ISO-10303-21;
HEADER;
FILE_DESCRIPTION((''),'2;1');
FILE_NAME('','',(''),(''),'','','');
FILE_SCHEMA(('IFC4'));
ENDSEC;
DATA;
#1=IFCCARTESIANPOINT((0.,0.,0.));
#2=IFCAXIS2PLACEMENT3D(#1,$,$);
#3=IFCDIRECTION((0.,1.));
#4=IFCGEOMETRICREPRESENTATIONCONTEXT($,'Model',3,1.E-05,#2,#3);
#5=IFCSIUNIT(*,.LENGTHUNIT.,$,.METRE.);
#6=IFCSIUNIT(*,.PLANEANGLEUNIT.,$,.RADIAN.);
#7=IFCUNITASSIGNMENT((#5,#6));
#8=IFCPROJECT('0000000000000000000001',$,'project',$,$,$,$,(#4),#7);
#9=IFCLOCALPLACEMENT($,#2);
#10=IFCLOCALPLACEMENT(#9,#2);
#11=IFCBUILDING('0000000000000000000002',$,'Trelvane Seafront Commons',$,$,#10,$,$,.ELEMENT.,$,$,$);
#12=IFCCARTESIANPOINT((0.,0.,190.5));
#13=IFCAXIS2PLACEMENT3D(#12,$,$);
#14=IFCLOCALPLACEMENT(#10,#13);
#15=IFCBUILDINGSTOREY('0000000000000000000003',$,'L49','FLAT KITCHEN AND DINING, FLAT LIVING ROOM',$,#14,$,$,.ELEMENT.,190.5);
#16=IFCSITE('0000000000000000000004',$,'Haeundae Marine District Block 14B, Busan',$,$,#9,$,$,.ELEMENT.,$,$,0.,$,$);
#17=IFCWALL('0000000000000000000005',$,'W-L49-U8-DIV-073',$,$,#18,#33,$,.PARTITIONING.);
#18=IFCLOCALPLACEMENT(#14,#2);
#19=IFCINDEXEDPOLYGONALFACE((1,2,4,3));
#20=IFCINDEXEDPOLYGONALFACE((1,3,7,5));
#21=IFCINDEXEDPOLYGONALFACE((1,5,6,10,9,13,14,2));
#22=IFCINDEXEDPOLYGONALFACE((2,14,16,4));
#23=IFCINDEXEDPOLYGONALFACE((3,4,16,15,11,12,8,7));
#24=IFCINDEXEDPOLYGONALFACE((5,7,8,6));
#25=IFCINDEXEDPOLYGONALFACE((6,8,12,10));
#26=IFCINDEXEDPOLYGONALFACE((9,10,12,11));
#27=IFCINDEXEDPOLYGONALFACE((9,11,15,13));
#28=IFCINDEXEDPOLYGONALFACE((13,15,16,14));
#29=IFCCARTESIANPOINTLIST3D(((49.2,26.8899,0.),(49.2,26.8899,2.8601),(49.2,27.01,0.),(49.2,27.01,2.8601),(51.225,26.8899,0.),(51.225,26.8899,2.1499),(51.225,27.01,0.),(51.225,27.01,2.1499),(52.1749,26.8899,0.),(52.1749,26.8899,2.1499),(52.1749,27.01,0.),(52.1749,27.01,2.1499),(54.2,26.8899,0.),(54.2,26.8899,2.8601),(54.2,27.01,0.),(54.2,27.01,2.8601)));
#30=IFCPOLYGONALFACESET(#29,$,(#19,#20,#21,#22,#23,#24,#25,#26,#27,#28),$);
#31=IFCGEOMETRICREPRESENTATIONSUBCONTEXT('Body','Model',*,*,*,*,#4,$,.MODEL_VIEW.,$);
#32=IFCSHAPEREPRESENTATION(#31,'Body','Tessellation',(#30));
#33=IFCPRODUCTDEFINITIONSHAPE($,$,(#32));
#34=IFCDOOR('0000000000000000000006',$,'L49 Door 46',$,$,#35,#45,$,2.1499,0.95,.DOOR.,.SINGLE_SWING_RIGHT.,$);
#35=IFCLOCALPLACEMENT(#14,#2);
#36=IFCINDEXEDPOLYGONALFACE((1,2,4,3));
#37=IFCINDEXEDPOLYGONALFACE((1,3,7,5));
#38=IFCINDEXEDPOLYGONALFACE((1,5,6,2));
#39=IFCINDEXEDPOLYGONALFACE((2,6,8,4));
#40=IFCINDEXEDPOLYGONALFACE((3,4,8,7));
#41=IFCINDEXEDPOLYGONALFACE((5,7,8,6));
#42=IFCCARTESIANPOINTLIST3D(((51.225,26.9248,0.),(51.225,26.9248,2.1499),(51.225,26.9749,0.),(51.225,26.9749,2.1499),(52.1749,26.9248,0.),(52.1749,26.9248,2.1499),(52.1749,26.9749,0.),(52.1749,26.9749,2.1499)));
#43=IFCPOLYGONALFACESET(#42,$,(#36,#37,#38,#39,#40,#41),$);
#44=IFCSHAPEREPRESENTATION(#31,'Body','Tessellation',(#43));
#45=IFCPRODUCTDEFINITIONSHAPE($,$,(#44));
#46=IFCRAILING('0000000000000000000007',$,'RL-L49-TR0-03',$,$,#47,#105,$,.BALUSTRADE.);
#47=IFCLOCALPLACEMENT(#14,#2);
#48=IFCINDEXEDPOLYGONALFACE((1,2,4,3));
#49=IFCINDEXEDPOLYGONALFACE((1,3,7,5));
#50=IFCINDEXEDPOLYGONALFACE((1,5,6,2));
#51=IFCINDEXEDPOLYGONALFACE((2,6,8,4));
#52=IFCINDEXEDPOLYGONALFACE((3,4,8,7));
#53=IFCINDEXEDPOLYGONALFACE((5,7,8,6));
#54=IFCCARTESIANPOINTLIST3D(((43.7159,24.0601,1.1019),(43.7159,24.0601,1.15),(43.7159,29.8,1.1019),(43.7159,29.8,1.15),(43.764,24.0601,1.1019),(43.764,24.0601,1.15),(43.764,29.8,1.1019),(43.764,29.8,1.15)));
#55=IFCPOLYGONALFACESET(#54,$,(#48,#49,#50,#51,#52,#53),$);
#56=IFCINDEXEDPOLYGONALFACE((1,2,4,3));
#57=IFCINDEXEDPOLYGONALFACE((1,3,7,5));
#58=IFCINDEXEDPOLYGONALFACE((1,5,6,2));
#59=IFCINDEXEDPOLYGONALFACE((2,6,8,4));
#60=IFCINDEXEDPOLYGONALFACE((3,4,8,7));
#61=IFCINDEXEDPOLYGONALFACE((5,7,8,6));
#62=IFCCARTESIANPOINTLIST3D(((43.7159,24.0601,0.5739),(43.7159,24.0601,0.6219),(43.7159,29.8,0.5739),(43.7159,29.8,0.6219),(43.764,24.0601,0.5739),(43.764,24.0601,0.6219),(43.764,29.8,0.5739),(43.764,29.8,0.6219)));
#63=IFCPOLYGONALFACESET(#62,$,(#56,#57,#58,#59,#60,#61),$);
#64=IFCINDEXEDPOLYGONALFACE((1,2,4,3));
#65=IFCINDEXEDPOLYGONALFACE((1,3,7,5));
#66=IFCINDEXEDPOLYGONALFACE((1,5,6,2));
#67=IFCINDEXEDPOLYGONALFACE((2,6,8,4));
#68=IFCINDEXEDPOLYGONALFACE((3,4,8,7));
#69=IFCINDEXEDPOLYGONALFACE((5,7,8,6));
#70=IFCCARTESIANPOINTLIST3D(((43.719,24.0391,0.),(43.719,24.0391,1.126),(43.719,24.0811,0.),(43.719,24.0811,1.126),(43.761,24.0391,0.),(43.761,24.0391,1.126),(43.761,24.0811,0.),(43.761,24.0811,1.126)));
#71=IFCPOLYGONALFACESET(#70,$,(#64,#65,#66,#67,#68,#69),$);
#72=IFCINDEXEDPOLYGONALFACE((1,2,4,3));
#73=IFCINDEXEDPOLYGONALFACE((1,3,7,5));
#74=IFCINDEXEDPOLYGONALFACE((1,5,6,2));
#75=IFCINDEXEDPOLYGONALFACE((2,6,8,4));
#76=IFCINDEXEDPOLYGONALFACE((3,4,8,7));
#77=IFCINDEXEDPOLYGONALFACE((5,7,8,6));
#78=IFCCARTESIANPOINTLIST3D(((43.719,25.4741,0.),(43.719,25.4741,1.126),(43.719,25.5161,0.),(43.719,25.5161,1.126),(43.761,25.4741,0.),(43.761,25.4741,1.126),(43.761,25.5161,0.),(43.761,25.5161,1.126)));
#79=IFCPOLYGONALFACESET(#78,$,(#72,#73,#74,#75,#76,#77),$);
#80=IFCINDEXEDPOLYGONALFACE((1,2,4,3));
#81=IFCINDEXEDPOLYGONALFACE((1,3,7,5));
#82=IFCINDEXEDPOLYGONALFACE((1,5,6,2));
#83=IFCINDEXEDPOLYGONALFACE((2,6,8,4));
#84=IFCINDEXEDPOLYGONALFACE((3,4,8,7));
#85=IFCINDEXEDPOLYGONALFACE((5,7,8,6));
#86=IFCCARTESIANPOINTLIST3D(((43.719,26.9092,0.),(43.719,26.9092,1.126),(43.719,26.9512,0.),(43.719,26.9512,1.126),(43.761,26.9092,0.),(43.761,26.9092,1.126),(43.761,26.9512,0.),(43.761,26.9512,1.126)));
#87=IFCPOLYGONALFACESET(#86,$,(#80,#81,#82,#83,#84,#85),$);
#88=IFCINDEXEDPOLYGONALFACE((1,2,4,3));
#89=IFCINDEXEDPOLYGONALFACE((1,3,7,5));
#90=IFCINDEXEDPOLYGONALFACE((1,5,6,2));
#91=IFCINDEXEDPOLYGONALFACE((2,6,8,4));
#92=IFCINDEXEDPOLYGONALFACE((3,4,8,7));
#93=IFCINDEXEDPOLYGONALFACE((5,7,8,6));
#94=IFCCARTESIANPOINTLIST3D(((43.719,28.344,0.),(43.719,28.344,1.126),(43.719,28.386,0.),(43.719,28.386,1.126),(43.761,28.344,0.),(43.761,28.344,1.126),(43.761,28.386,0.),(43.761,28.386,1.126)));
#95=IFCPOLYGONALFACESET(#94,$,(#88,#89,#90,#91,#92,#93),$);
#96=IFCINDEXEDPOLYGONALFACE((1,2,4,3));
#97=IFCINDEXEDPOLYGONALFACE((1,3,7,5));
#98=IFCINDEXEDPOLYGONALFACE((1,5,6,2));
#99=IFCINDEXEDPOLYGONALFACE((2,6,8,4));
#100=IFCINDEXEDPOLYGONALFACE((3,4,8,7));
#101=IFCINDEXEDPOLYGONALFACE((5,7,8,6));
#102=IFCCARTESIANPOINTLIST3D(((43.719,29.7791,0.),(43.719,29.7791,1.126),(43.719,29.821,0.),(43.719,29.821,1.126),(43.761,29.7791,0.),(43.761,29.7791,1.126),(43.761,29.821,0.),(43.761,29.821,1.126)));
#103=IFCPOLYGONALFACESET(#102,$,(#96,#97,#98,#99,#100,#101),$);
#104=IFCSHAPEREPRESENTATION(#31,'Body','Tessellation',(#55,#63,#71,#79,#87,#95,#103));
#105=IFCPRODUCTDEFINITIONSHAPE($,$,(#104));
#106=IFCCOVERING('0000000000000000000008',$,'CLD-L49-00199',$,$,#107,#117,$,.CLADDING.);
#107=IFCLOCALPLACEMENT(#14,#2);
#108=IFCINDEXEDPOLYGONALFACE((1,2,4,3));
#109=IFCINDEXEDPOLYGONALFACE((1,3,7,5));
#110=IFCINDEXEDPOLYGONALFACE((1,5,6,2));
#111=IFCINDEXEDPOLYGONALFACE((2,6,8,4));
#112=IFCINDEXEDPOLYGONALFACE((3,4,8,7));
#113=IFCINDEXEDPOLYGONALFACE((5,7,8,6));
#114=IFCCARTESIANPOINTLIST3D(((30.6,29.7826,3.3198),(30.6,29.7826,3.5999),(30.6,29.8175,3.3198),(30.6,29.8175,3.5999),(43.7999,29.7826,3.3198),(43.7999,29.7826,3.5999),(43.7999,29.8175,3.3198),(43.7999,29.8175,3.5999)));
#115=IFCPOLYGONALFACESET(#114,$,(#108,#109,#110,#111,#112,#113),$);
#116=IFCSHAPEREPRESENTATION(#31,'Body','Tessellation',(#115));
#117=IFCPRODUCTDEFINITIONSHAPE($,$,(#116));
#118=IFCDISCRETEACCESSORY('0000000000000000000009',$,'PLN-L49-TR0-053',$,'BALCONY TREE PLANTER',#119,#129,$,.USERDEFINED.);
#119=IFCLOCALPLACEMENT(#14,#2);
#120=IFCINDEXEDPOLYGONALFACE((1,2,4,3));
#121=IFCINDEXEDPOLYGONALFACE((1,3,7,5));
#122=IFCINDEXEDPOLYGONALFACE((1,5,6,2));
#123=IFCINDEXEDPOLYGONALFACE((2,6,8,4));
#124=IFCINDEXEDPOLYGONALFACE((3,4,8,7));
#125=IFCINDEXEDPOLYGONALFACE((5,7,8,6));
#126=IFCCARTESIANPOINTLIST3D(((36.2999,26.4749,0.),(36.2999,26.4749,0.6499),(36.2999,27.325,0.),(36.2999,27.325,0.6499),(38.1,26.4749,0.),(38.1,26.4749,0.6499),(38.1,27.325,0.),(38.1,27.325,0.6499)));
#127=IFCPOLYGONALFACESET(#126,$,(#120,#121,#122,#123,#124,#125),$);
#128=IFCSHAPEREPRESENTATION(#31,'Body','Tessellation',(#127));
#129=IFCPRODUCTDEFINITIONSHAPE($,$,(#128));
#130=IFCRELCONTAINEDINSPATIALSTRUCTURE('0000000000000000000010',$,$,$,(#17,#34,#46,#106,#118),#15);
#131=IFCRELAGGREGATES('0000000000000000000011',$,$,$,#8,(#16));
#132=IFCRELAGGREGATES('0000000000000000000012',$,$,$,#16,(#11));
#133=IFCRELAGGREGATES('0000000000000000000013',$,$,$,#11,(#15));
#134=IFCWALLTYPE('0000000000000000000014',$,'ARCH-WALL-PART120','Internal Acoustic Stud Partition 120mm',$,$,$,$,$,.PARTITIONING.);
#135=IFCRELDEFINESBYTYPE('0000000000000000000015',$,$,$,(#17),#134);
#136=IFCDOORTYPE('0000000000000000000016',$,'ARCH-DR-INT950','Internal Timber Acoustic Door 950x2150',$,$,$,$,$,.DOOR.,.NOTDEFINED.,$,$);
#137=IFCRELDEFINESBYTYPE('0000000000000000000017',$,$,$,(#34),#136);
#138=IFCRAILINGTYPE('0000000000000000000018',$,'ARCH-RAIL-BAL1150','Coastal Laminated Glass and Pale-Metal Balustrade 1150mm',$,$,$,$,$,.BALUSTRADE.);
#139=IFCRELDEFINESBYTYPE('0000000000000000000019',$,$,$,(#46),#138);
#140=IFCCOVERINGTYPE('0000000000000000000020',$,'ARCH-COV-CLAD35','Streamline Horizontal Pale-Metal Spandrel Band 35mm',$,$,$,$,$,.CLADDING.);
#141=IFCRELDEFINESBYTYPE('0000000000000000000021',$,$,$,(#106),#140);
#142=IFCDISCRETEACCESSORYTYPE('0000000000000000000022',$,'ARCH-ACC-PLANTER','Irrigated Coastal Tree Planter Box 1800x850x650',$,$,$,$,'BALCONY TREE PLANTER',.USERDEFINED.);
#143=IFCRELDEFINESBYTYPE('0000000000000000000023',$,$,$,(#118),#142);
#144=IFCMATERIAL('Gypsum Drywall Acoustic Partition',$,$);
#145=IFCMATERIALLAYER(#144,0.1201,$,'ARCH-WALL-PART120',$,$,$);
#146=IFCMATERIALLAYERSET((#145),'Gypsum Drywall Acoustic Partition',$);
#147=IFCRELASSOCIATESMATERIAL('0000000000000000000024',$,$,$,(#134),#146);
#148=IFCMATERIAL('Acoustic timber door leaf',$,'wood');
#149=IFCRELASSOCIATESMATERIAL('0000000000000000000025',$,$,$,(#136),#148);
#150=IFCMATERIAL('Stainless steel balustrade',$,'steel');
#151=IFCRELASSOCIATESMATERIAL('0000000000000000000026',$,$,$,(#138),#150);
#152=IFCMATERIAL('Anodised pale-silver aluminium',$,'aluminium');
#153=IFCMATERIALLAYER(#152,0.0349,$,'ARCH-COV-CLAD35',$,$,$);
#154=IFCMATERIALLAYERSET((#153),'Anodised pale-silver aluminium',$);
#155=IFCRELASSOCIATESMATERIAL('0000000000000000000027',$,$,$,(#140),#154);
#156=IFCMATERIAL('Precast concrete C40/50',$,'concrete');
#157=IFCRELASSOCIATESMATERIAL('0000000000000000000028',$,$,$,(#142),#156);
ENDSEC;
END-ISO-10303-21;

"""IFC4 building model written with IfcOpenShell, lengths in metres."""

from ifc_helpers import new_model, si_unit, direction, frame, frame_2d, origin, origin_2d, place, context, subcontext, project, spatial, rectangle, extrude, source, transform, mapped, material, layer, layer_set, type_object, element, fill, save


model = new_model("IFC4")

# Units and contexts
model_context = context("Model", 3, precision=1e-05, world=origin(), true_north=direction((0.0, 1.0)))
body_context = subcontext(model_context, "Body", "Model", "MODEL_VIEW")
ifc_project = project(units=[si_unit("LENGTHUNIT", "METRE"), si_unit("PLANEANGLEUNIT", "RADIAN")], contexts=[model_context])

# Site, building, storey
site_placement = place(None, origin())
site = spatial("IfcSite", under=ifc_project, at=site_placement, Name="Haeundae Marine District Block 14B, Busan", CompositionType="ELEMENT", RefElevation=0.0)
building_placement = place(site_placement, origin())
building = spatial("IfcBuilding", under=site, at=building_placement, Name="Trelvane Seafront Commons", CompositionType="ELEMENT")
storey_placement = place(building_placement, frame((0.0, 0.0, 190.5)))
storey = spatial("IfcBuildingStorey", under=building, at=storey_placement, Name="L49", Description="FLAT KITCHEN AND DINING, FLAT LIVING ROOM", CompositionType="ELEMENT", Elevation=190.5)

# Wall, opening, door
ifc_material_1 = material(Name="Precast concrete C40/50", Category="concrete")
ifc_material_2 = material(Name="Gypsum Drywall Acoustic Partition")
ifc_layer_1 = layer(ifc_material_2, 0.1201, Name="ARCH-WALL-PART120")
ifc_layer_set_1 = layer_set([ifc_layer_1], Name="Gypsum Drywall Acoustic Partition")
wall_type_1 = type_object("IfcWallType", Name="ARCH-WALL-PART120", Description="Internal Acoustic Stud Partition 120mm", PredefinedType="PARTITIONING", material=ifc_layer_set_1)
wall_1_placement = place(storey_placement, frame((49.2, 26.95, 0.0), z_axis=(0.0, 0.0, 1.0), x_axis=(1.0, 0.0, 0.0)))
wall_1 = element("IfcWall", 1, at=wall_1_placement, inside=storey, type_object=wall_type_1, Name="W-L49-U8-DIV-073", PredefinedType="PARTITIONING", context=body_context, shape_type="SweptSolid", body=[
    extrude(rectangle(XDim=5.0, YDim=0.1201, at=frame_2d((2.5, 0.0))), origin(), (0.0, 0.0, 1.0), 2.8601),
])
opening_1_placement = place(wall_1_placement, frame((2.0249, 0.0, 0.0)))
opening_1 = element("IfcOpeningElement", 2, at=opening_1_placement, cuts=wall_1, PredefinedType="OPENING", context=body_context, shape_type="SweptSolid", body=[
    extrude(rectangle(XDim=0.95, YDim=2.1499, at=frame_2d((0.4751, 1.075))), frame((0.0, 0.0701, 0.0), z_axis=(0.0, -1.0, 0.0), x_axis=(1.0, 0.0, 0.0)), (0.0, 0.0, 1.0), 0.1401),
])
ifc_material_3 = material(Name="Acoustic timber door leaf", Category="wood")
door_type_1 = type_object("IfcDoorType", Name="ARCH-DR-INT950", Description="Internal Timber Acoustic Door 950x2150", OperationType="NOTDEFINED", PredefinedType="DOOR", material=ifc_material_3)
shared_shape_1 = source(origin(), body_context, "Body", "SweptSolid", [
    extrude(rectangle(XDim=0.95, YDim=2.1499, at=frame_2d((0.4751, 1.075))), frame((0.0, 0.0249, 0.0), z_axis=(0.0, -1.0, 0.0), x_axis=(1.0, 0.0, 0.0)), (0.0, 0.0, 1.0), 0.05),
])
door_1_placement = place(opening_1_placement, origin())
door_1 = element("IfcDoor", 3, at=door_1_placement, inside=storey, type_object=door_type_1, Name="L49 Door 46", OperationType="SINGLE_SWING_RIGHT", OverallHeight=2.1499, OverallWidth=0.95, PredefinedType="DOOR", context=body_context, shape_type="MappedRepresentation", body=[
    mapped(shared_shape_1, transform((0.0, 0.0, 0.0), x_axis=(1.0, 0.0, 0.0), y_axis=(0.0, 1.0, 0.0), z_axis=(0.0, 0.0, 1.0), scale=1.0)),
])
fill(opening_1, door_1)

# Railing
ifc_material_4 = material(Name="Stainless steel balustrade", Category="steel")
railing_type = type_object("IfcRailingType", Name="ARCH-RAIL-BAL1150", Description="Coastal Laminated Glass and Pale-Metal Balustrade 1150mm", PredefinedType="BALUSTRADE", material=ifc_material_4)
railing_placement = place(storey_placement, frame((43.74, 24.0601, 0.0)))
element("IfcRailing", 4, at=railing_placement, inside=storey, type_object=railing_type, Name="RL-L49-TR0-03", PredefinedType="BALUSTRADE", context=body_context, shape_type="SweptSolid", body=[
    extrude(rectangle(XDim=0.0481, YDim=0.0481, at=origin_2d()), frame((0.0, 0.0, 1.126), z_axis=(0.0, 1.0, 0.0), x_axis=(-1.0, 0.0, 0.0)), (0.0, 0.0, 1.0), 5.74),
    extrude(rectangle(XDim=0.0481, YDim=0.0481, at=origin_2d()), frame((0.0, 0.0, 0.5979), z_axis=(0.0, 1.0, 0.0), x_axis=(-1.0, 0.0, 0.0)), (0.0, 0.0, 1.0), 5.74),
    extrude(rectangle(XDim=0.042, YDim=0.042, at=origin_2d()), origin(), (0.0, 0.0, 1.0), 1.126),
    extrude(rectangle(XDim=0.042, YDim=0.042, at=origin_2d()), frame((0.0, 1.4351, 0.0)), (0.0, 0.0, 1.0), 1.126),
    extrude(rectangle(XDim=0.042, YDim=0.042, at=origin_2d()), frame((0.0, 2.8701, 0.0)), (0.0, 0.0, 1.0), 1.126),
    extrude(rectangle(XDim=0.042, YDim=0.042, at=origin_2d()), frame((0.0, 4.3049, 0.0)), (0.0, 0.0, 1.0), 1.126),
    extrude(rectangle(XDim=0.042, YDim=0.042, at=origin_2d()), frame((0.0, 5.74, 0.0)), (0.0, 0.0, 1.0), 1.126),
])

# Covering
ifc_material_5 = material(Name="Anodised pale-silver aluminium", Category="aluminium")
ifc_layer_2 = layer(ifc_material_5, 0.0349, Name="ARCH-COV-CLAD35")
ifc_layer_set_2 = layer_set([ifc_layer_2], Name="Anodised pale-silver aluminium")
covering_type = type_object("IfcCoveringType", Name="ARCH-COV-CLAD35", Description="Streamline Horizontal Pale-Metal Spandrel Band 35mm", PredefinedType="CLADDING", material=ifc_layer_set_2)
shared_shape_2 = source(origin(), body_context, "Body", "SweptSolid", [
    extrude(rectangle(XDim=13.2, YDim=0.0349, at=origin_2d()), origin(), (0.0, 0.0, 1.0), 0.28),
])
covering_placement = place(storey_placement, frame((37.2, 29.8, 3.3198), z_axis=(0.0, 0.0, 1.0), x_axis=(-1.0, 0.0, 0.0)))
element("IfcCovering", 5, at=covering_placement, inside=storey, type_object=covering_type, Name="CLD-L49-00199", PredefinedType="CLADDING", context=body_context, shape_type="MappedRepresentation", body=[
    mapped(shared_shape_2, transform((0.0, 0.0, 0.0), x_axis=(1.0, 0.0, 0.0), y_axis=(0.0, 1.0, 0.0), z_axis=(0.0, 0.0, 1.0), scale=1.0)),
])

# Discrete accessory
discrete_accessory_type = type_object("IfcDiscreteAccessoryType", Name="ARCH-ACC-PLANTER", Description="Irrigated Coastal Tree Planter Box 1800x850x650", ElementType="BALCONY TREE PLANTER", PredefinedType="USERDEFINED", material=ifc_material_1)
shared_shape_3 = source(origin(), body_context, "Body", "SweptSolid", [
    extrude(rectangle(XDim=1.8, YDim=0.8501, at=origin_2d()), origin(), (0.0, 0.0, 1.0), 0.6499),
])
discrete_accessory_placement = place(storey_placement, frame((37.2, 26.8999, 0.0), z_axis=(0.0, 0.0, 1.0), x_axis=(1.0, 0.0, 0.0)))
element("IfcDiscreteAccessory", 6, at=discrete_accessory_placement, inside=storey, type_object=discrete_accessory_type, Name="PLN-L49-TR0-053", ObjectType="BALCONY TREE PLANTER", PredefinedType="USERDEFINED", context=body_context, shape_type="MappedRepresentation", body=[
    mapped(shared_shape_3, transform((0.0, 0.0, 0.0), x_axis=(1.0, 0.0, 0.0), y_axis=(0.0, 1.0, 0.0), z_axis=(0.0, 0.0, 1.0), scale=1.0)),
])

save(model, "model.ifc")
